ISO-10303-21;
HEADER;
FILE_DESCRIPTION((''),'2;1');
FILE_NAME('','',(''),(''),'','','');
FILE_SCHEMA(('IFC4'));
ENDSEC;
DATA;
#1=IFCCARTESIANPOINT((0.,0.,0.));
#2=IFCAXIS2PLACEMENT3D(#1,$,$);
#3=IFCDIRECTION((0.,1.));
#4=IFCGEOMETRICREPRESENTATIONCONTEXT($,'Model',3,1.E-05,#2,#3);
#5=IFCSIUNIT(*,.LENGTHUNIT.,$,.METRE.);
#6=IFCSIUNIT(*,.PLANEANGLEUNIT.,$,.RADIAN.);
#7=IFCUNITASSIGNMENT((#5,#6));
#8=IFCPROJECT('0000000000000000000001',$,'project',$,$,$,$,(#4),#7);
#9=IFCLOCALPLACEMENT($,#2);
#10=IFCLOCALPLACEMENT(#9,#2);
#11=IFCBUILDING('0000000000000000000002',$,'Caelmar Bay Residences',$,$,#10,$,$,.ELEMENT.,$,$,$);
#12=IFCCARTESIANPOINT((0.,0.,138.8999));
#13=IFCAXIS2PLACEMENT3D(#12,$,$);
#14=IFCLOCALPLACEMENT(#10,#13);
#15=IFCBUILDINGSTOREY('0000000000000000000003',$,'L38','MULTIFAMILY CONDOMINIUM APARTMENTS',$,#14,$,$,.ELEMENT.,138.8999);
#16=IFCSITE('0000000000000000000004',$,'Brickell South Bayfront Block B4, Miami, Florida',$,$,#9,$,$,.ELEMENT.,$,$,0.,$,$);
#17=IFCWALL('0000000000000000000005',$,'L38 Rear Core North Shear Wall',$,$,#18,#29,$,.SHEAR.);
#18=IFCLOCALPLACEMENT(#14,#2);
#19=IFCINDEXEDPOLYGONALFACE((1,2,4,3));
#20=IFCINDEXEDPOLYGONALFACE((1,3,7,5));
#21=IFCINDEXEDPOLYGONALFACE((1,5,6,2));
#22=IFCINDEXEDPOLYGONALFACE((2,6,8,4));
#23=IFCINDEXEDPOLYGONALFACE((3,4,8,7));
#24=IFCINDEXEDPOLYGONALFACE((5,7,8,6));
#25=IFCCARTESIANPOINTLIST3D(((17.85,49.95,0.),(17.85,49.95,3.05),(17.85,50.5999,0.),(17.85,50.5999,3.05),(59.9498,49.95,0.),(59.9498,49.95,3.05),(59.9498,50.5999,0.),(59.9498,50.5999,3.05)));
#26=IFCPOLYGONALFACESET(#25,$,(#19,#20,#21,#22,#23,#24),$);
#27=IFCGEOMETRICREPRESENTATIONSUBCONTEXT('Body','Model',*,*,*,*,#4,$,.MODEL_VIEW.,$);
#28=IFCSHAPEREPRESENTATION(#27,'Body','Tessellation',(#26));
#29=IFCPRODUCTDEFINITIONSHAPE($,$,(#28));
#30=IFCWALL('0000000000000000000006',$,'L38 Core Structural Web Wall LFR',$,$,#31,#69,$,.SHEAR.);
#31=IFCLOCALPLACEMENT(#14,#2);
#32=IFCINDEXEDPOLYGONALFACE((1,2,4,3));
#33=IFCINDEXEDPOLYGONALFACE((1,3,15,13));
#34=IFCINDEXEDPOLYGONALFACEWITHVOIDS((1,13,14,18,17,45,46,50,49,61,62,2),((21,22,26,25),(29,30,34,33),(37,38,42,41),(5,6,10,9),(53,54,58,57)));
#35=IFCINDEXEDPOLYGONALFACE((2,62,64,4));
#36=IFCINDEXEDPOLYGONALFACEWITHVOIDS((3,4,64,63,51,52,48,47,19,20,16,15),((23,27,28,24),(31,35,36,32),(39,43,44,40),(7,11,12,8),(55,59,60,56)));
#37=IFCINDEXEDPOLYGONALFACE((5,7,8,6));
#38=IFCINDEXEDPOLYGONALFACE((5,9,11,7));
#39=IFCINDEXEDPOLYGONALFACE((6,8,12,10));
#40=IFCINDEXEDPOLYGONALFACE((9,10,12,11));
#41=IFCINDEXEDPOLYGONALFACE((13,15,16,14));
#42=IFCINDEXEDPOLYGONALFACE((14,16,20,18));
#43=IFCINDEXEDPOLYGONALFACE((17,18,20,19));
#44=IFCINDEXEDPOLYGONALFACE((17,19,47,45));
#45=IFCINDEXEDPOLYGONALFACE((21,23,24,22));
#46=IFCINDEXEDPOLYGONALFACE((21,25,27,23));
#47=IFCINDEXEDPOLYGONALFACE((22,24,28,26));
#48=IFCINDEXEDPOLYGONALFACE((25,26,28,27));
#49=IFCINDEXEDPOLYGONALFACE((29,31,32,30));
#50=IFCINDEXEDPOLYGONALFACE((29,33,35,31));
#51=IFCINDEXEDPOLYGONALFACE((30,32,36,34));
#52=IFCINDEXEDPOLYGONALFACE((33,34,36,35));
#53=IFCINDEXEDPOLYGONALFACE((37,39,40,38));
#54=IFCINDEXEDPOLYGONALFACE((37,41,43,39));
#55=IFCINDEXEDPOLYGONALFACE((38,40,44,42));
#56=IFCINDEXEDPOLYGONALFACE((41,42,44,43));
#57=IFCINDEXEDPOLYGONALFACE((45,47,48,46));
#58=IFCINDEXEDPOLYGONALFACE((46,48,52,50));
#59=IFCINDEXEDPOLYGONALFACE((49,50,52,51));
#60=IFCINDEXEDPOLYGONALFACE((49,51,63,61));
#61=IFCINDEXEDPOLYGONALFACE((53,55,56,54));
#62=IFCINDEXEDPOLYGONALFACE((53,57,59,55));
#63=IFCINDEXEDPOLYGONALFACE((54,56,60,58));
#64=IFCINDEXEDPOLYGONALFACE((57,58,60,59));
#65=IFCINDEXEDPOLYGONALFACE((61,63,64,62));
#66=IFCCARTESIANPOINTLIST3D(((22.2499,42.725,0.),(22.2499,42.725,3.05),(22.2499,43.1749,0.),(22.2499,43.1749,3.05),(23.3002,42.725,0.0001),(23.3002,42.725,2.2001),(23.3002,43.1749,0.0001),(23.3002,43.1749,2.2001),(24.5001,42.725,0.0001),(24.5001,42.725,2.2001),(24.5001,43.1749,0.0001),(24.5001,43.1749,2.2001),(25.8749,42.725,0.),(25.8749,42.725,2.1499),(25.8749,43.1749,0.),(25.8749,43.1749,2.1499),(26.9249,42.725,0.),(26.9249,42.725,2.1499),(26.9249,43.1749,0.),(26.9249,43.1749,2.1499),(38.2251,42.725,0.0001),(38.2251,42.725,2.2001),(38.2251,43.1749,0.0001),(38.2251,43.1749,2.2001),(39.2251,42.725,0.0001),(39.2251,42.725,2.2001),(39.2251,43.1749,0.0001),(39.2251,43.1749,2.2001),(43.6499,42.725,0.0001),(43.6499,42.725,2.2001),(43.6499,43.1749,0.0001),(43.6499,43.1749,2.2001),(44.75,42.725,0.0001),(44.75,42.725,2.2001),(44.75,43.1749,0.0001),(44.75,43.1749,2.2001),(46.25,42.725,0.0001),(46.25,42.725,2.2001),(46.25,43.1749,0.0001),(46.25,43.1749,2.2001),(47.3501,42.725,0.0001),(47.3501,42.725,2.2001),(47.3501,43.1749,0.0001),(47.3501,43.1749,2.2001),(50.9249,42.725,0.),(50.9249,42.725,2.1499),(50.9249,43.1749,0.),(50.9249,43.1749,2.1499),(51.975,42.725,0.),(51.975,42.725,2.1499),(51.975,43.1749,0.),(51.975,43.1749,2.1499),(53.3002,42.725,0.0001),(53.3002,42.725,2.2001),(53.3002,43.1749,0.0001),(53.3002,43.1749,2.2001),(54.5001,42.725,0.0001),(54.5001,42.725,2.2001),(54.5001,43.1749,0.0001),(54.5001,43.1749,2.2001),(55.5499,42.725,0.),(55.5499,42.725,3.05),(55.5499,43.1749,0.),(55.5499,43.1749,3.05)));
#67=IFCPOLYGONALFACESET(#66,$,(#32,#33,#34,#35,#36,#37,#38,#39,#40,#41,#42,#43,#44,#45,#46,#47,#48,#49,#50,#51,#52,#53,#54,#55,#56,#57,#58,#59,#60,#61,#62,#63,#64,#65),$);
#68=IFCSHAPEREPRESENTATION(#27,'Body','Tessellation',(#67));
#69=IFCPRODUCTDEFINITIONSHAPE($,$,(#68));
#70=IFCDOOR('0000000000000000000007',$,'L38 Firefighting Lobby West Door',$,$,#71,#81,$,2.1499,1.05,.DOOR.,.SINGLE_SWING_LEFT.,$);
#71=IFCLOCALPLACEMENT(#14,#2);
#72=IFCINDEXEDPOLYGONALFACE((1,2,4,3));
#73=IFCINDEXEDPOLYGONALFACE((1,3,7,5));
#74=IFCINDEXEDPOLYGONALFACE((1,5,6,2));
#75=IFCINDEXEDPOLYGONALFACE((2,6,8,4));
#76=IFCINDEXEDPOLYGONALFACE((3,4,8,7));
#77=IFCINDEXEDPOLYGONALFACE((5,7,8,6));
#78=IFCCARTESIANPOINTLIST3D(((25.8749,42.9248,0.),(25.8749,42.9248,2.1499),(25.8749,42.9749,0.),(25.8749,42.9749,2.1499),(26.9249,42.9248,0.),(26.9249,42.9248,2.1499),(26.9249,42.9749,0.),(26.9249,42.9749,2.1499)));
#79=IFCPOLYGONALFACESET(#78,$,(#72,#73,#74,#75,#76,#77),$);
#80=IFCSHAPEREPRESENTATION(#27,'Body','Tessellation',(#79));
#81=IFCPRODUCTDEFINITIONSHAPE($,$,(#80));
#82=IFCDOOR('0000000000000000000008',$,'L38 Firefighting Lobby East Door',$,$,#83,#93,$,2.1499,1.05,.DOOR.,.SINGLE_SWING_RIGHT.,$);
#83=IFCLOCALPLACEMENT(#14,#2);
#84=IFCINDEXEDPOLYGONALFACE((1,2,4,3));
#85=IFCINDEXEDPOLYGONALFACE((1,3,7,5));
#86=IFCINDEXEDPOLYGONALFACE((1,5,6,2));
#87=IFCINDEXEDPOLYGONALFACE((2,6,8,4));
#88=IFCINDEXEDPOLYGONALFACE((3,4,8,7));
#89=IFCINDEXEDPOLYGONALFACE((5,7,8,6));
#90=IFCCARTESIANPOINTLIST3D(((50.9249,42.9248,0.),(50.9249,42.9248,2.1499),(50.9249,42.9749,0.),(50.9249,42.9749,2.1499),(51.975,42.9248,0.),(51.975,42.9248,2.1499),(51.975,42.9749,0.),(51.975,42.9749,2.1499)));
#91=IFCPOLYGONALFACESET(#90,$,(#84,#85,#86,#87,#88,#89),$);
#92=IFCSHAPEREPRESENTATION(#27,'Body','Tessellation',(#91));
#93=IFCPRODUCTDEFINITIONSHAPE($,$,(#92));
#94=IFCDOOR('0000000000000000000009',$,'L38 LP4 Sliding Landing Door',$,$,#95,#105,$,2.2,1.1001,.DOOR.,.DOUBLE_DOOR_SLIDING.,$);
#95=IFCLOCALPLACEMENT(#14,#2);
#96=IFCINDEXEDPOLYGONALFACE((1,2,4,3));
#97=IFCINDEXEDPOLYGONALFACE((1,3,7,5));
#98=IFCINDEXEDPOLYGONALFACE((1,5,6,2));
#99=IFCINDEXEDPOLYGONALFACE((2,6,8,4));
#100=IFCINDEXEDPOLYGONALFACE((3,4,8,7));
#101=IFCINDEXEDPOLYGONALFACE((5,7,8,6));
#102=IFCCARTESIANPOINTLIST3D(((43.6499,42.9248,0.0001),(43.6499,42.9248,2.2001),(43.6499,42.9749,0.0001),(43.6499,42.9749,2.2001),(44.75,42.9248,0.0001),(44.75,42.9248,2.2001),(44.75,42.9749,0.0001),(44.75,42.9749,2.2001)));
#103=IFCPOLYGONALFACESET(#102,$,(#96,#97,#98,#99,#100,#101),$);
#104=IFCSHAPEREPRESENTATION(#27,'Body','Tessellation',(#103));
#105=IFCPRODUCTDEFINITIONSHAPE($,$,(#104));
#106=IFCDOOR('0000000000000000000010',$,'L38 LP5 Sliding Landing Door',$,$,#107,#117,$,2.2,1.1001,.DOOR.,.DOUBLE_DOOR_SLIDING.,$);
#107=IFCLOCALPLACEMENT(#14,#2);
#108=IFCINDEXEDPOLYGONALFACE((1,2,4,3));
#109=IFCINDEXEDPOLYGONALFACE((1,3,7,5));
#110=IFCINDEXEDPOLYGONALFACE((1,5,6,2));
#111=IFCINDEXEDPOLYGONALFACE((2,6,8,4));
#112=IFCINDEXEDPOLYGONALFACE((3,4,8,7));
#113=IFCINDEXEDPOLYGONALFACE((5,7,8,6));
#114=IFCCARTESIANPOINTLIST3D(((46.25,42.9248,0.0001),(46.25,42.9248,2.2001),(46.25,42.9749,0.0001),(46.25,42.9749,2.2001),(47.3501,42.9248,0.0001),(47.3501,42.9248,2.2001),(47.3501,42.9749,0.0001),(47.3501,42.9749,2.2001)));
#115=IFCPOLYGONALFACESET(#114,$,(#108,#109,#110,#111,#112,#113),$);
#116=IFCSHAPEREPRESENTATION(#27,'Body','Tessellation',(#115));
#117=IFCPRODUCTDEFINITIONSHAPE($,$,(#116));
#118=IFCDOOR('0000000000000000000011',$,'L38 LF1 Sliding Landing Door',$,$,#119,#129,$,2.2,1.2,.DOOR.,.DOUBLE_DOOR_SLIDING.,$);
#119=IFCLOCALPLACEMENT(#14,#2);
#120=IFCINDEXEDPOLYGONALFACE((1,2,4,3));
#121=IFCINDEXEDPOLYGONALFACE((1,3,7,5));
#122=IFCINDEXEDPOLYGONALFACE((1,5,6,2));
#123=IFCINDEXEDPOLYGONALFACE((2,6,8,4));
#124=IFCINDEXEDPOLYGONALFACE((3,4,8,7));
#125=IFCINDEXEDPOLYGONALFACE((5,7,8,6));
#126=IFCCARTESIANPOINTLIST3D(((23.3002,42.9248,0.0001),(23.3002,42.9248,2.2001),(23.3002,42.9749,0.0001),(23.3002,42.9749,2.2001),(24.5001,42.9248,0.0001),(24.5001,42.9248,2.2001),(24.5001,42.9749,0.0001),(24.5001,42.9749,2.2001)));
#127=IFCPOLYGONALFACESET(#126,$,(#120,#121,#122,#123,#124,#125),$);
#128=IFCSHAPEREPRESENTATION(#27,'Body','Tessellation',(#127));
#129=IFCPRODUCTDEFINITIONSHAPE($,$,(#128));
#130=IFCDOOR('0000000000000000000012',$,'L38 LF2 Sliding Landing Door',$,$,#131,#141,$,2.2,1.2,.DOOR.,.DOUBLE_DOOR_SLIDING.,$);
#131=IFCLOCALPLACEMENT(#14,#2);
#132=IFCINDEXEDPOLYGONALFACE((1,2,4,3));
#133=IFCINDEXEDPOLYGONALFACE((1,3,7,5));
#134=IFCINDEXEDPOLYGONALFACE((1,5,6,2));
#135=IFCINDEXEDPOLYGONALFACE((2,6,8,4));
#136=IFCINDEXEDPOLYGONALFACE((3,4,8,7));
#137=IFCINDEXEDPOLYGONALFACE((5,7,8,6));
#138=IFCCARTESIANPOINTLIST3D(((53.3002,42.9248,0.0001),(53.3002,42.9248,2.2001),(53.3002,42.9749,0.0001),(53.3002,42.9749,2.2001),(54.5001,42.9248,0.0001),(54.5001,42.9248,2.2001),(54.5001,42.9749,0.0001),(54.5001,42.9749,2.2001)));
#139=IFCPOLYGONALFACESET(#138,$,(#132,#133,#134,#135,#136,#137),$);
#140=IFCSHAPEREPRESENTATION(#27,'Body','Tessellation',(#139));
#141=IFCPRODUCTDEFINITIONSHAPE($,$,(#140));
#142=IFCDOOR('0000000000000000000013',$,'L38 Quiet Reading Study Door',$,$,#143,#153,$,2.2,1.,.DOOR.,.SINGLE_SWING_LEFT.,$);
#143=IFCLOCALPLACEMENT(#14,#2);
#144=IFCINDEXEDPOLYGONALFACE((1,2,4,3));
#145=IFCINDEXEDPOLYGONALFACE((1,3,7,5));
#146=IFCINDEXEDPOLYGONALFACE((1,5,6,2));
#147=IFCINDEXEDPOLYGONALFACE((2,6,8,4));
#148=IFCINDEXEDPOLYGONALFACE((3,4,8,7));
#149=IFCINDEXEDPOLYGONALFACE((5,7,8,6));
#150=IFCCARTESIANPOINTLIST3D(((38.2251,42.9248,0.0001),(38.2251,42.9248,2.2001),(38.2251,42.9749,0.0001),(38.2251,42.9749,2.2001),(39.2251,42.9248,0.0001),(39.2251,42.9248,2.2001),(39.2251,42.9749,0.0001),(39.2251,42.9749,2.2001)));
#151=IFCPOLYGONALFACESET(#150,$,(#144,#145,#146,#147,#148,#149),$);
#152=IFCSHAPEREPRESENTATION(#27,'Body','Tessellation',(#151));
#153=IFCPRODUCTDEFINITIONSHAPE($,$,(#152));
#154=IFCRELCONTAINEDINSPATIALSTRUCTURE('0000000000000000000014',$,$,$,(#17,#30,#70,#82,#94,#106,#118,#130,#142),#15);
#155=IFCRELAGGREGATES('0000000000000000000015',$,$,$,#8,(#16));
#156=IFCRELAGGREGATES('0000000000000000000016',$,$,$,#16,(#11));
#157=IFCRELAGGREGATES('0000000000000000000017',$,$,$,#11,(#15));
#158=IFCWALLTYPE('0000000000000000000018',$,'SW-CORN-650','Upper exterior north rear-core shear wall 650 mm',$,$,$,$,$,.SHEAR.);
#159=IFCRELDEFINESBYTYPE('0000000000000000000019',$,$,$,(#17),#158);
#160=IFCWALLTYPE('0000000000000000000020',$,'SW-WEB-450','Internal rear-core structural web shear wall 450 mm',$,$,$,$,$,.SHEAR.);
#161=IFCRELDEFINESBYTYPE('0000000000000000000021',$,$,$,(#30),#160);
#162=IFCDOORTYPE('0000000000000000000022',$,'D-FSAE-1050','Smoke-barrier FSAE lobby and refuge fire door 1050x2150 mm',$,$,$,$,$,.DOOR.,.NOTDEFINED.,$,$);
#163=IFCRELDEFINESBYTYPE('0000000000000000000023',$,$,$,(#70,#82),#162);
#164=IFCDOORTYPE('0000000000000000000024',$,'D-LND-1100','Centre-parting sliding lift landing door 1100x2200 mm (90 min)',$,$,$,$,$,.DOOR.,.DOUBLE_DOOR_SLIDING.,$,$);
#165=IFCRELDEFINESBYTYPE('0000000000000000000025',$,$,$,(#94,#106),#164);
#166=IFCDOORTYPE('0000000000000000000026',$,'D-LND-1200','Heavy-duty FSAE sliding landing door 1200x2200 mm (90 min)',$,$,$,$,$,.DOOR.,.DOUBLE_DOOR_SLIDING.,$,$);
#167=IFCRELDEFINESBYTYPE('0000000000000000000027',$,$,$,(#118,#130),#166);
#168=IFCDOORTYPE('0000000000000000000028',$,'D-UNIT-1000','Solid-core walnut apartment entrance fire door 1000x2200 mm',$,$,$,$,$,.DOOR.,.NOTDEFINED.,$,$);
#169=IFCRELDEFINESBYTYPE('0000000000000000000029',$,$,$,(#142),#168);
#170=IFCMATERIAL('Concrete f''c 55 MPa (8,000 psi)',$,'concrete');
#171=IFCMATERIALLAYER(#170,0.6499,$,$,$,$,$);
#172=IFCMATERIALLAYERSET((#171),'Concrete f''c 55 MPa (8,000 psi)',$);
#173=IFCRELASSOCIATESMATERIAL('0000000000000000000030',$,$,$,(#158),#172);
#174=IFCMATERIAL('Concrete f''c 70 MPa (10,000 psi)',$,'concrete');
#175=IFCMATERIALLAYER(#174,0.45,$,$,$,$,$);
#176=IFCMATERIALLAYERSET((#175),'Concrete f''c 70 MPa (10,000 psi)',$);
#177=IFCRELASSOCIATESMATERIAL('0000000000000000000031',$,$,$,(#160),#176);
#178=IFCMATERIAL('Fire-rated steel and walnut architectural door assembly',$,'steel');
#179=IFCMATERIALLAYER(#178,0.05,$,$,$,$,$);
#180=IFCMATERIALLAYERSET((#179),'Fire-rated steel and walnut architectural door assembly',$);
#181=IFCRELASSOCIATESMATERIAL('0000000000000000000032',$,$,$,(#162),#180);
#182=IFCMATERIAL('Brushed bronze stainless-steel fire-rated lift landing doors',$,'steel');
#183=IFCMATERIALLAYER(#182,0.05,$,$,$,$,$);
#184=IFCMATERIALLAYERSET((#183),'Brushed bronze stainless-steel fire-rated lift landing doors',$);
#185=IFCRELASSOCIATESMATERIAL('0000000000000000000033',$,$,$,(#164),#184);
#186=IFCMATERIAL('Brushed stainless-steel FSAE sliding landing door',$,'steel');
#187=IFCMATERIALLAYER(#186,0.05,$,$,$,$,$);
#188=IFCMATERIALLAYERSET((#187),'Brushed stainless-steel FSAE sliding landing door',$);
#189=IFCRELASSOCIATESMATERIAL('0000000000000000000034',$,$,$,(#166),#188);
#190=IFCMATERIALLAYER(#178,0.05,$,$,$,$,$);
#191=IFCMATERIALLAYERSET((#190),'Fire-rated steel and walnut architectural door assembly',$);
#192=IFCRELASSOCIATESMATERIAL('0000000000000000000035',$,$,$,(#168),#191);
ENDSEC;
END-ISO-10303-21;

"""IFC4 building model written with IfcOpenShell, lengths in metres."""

from ifc_helpers import new_model, si_unit, direction, frame, frame_2d, origin, place, context, subcontext, project, spatial, rectangle, extrude, material, layer, layer_set, type_object, element, fill, save


model = new_model("IFC4")

# Units and contexts
model_context = context("Model", 3, precision=1e-05, world=origin(), true_north=direction((0.0, 1.0)))
body_context = subcontext(model_context, "Body", "Model", "MODEL_VIEW")
ifc_project = project(units=[si_unit("LENGTHUNIT", "METRE"), si_unit("PLANEANGLEUNIT", "RADIAN")], contexts=[model_context])

# Site, building, storey
site_placement = place(None, origin())
site = spatial("IfcSite", under=ifc_project, at=site_placement, Name="Brickell South Bayfront Block B4, Miami, Florida", CompositionType="ELEMENT", RefElevation=0.0)
building_placement = place(site_placement, origin())
building = spatial("IfcBuilding", under=site, at=building_placement, Name="Caelmar Bay Residences", CompositionType="ELEMENT")
storey_placement = place(building_placement, frame((0.0, 0.0, 138.8999)))
storey = spatial("IfcBuildingStorey", under=building, at=storey_placement, Name="L38", Description="MULTIFAMILY CONDOMINIUM APARTMENTS", CompositionType="ELEMENT", Elevation=138.8999)

# Wall
ifc_material_1 = material(Name="Concrete f'c 55 MPa (8,000 psi)", Category="concrete")
ifc_layer_1 = layer(ifc_material_1, 0.6499)
ifc_layer_set_1 = layer_set([ifc_layer_1], Name="Concrete f'c 55 MPa (8,000 psi)")
wall_type_1 = type_object("IfcWallType", Name="SW-CORN-650", Description="Upper exterior north rear-core shear wall 650 mm", PredefinedType="SHEAR", material=ifc_layer_set_1)
wall_1_placement = place(storey_placement, frame((17.8501, 50.2749, 0.0), z_axis=(0.0, 0.0, 1.0), x_axis=(1.0, 0.0, 0.0)))
element("IfcWall", 1, at=wall_1_placement, inside=storey, type_object=wall_type_1, Name="L38 Rear Core North Shear Wall", PredefinedType="SHEAR", context=body_context, shape_type="SweptSolid", body=[
    extrude(rectangle(XDim=42.0999, YDim=0.6499, at=frame_2d((21.0498, 0.0))), origin(), (0.0, 0.0, 1.0), 3.05),
])

# Wall, openings, doors
ifc_material_2 = material(Name="Concrete f'c 70 MPa (10,000 psi)", Category="concrete")
ifc_layer_2 = layer(ifc_material_2, 0.45)
ifc_layer_set_2 = layer_set([ifc_layer_2], Name="Concrete f'c 70 MPa (10,000 psi)")
wall_type_2 = type_object("IfcWallType", Name="SW-WEB-450", Description="Internal rear-core structural web shear wall 450 mm", PredefinedType="SHEAR", material=ifc_layer_set_2)
wall_2_placement = place(storey_placement, frame((22.25, 42.95, 0.0), z_axis=(0.0, 0.0, 1.0), x_axis=(1.0, 0.0, 0.0)))
wall_2 = element("IfcWall", 2, at=wall_2_placement, inside=storey, type_object=wall_type_2, Name="L38 Core Structural Web Wall LFR", PredefinedType="SHEAR", context=body_context, shape_type="SweptSolid", body=[
    extrude(rectangle(XDim=33.3, YDim=0.45, at=frame_2d((16.6499, 0.0))), origin(), (0.0, 0.0, 1.0), 3.05),
])
opening_1_placement = place(wall_2_placement, frame((1.05, 0.0, 0.0)))
opening_1 = element("IfcOpeningElement", 3, at=opening_1_placement, cuts=wall_2, PredefinedType="OPENING", context=body_context, shape_type="SweptSolid", body=[
    extrude(rectangle(XDim=1.2, YDim=2.2, at=frame_2d((0.6001, 1.1001))), frame((0.0, 0.2349, 0.0), z_axis=(0.0, -1.0, 0.0), x_axis=(1.0, 0.0, 0.0)), (0.0, 0.0, 1.0), 0.47),
])
opening_2_placement = place(wall_2_placement, frame((31.05, 0.0, 0.0)))
opening_2 = element("IfcOpeningElement", 4, at=opening_2_placement, cuts=wall_2, PredefinedType="OPENING", context=body_context, shape_type="SweptSolid", body=[
    extrude(rectangle(XDim=1.2, YDim=2.2, at=frame_2d((0.6001, 1.1001))), frame((0.0, 0.2349, 0.0), z_axis=(0.0, -1.0, 0.0), x_axis=(1.0, 0.0, 0.0)), (0.0, 0.0, 1.0), 0.47),
])
opening_3_placement = place(wall_2_placement, frame((21.3999, 0.0, 0.0)))
opening_3 = element("IfcOpeningElement", 5, at=opening_3_placement, cuts=wall_2, PredefinedType="OPENING", context=body_context, shape_type="SweptSolid", body=[
    extrude(rectangle(XDim=1.1001, YDim=2.2, at=frame_2d((0.55, 1.1001))), frame((0.0, 0.2349, 0.0), z_axis=(0.0, -1.0, 0.0), x_axis=(1.0, 0.0, 0.0)), (0.0, 0.0, 1.0), 0.47),
])
opening_4_placement = place(wall_2_placement, frame((24.0, 0.0, 0.0)))
opening_4 = element("IfcOpeningElement", 6, at=opening_4_placement, cuts=wall_2, PredefinedType="OPENING", context=body_context, shape_type="SweptSolid", body=[
    extrude(rectangle(XDim=1.1001, YDim=2.2, at=frame_2d((0.55, 1.1001))), frame((0.0, 0.2349, 0.0), z_axis=(0.0, -1.0, 0.0), x_axis=(1.0, 0.0, 0.0)), (0.0, 0.0, 1.0), 0.47),
])
opening_5_placement = place(wall_2_placement, frame((3.625, 0.0, 0.0)))
opening_5 = element("IfcOpeningElement", 7, at=opening_5_placement, cuts=wall_2, PredefinedType="OPENING", context=body_context, shape_type="SweptSolid", body=[
    extrude(rectangle(XDim=1.05, YDim=2.1499, at=frame_2d((0.5249, 1.075))), frame((0.0, 0.2349, 0.0), z_axis=(0.0, -1.0, 0.0), x_axis=(1.0, 0.0, 0.0)), (0.0, 0.0, 1.0), 0.47),
])
opening_6_placement = place(wall_2_placement, frame((28.675, 0.0, 0.0)))
opening_6 = element("IfcOpeningElement", 8, at=opening_6_placement, cuts=wall_2, PredefinedType="OPENING", context=body_context, shape_type="SweptSolid", body=[
    extrude(rectangle(XDim=1.05, YDim=2.1499, at=frame_2d((0.5249, 1.075))), frame((0.0, 0.2349, 0.0), z_axis=(0.0, -1.0, 0.0), x_axis=(1.0, 0.0, 0.0)), (0.0, 0.0, 1.0), 0.47),
])
opening_7_placement = place(wall_2_placement, frame((15.9751, 0.0, 0.0)))
opening_7 = element("IfcOpeningElement", 9, at=opening_7_placement, cuts=wall_2, PredefinedType="OPENING", context=body_context, shape_type="SweptSolid", body=[
    extrude(rectangle(XDim=1.0, YDim=2.2, at=frame_2d((0.5, 1.1001))), frame((0.0, 0.2349, 0.0), z_axis=(0.0, -1.0, 0.0), x_axis=(1.0, 0.0, 0.0)), (0.0, 0.0, 1.0), 0.47),
])
ifc_material_3 = material(Name="Fire-rated steel and walnut architectural door assembly", Category="steel")
ifc_layer_3 = layer(ifc_material_3, 0.05)
ifc_layer_set_3 = layer_set([ifc_layer_3], Name="Fire-rated steel and walnut architectural door assembly")
door_type_1 = type_object("IfcDoorType", Name="D-FSAE-1050", Description="Smoke-barrier FSAE lobby and refuge fire door 1050x2150 mm", OperationType="NOTDEFINED", PredefinedType="DOOR", material=ifc_layer_set_3)
door_1_placement = place(opening_5_placement, origin())
door_1 = element("IfcDoor", 10, at=door_1_placement, inside=storey, type_object=door_type_1, Name="L38 Firefighting Lobby West Door", OperationType="SINGLE_SWING_LEFT", OverallHeight=2.1499, OverallWidth=1.05, PredefinedType="DOOR", context=body_context, shape_type="SweptSolid", body=[
    extrude(rectangle(XDim=1.05, YDim=2.1499, at=frame_2d((0.5249, 1.075))), frame((0.0, 0.0249, 0.0), z_axis=(0.0, -1.0, 0.0), x_axis=(1.0, 0.0, 0.0)), (0.0, 0.0, 1.0), 0.05),
])
fill(opening_5, door_1)
door_2_placement = place(opening_6_placement, origin())
door_2 = element("IfcDoor", 11, at=door_2_placement, inside=storey, type_object=door_type_1, Name="L38 Firefighting Lobby East Door", OperationType="SINGLE_SWING_RIGHT", OverallHeight=2.1499, OverallWidth=1.05, PredefinedType="DOOR", context=body_context, shape_type="SweptSolid", body=[
    extrude(rectangle(XDim=1.05, YDim=2.1499, at=frame_2d((0.5249, 1.075))), frame((0.0, 0.0249, 0.0), z_axis=(0.0, -1.0, 0.0), x_axis=(1.0, 0.0, 0.0)), (0.0, 0.0, 1.0), 0.05),
])
fill(opening_6, door_2)
ifc_material_4 = material(Name="Brushed bronze stainless-steel fire-rated lift landing doors", Category="steel")
ifc_layer_4 = layer(ifc_material_4, 0.05)
ifc_layer_set_4 = layer_set([ifc_layer_4], Name="Brushed bronze stainless-steel fire-rated lift landing doors")
door_type_2 = type_object("IfcDoorType", Name="D-LND-1100", Description="Centre-parting sliding lift landing door 1100x2200 mm (90 min)", OperationType="DOUBLE_DOOR_SLIDING", PredefinedType="DOOR", material=ifc_layer_set_4)
door_3_placement = place(opening_3_placement, origin())
door_3 = element("IfcDoor", 12, at=door_3_placement, inside=storey, type_object=door_type_2, Name="L38 LP4 Sliding Landing Door", OperationType="DOUBLE_DOOR_SLIDING", OverallHeight=2.2, OverallWidth=1.1001, PredefinedType="DOOR", context=body_context, shape_type="SweptSolid", body=[
    extrude(rectangle(XDim=1.1001, YDim=2.2, at=frame_2d((0.55, 1.1001))), frame((0.0, 0.0249, 0.0), z_axis=(0.0, -1.0, 0.0), x_axis=(1.0, 0.0, 0.0)), (0.0, 0.0, 1.0), 0.05),
])
fill(opening_3, door_3)
door_4_placement = place(opening_4_placement, origin())
door_4 = element("IfcDoor", 13, at=door_4_placement, inside=storey, type_object=door_type_2, Name="L38 LP5 Sliding Landing Door", OperationType="DOUBLE_DOOR_SLIDING", OverallHeight=2.2, OverallWidth=1.1001, PredefinedType="DOOR", context=body_context, shape_type="SweptSolid", body=[
    extrude(rectangle(XDim=1.1001, YDim=2.2, at=frame_2d((0.55, 1.1001))), frame((0.0, 0.0249, 0.0), z_axis=(0.0, -1.0, 0.0), x_axis=(1.0, 0.0, 0.0)), (0.0, 0.0, 1.0), 0.05),
])
fill(opening_4, door_4)
ifc_material_5 = material(Name="Brushed stainless-steel FSAE sliding landing door", Category="steel")
ifc_layer_5 = layer(ifc_material_5, 0.05)
ifc_layer_set_5 = layer_set([ifc_layer_5], Name="Brushed stainless-steel FSAE sliding landing door")
door_type_3 = type_object("IfcDoorType", Name="D-LND-1200", Description="Heavy-duty FSAE sliding landing door 1200x2200 mm (90 min)", OperationType="DOUBLE_DOOR_SLIDING", PredefinedType="DOOR", material=ifc_layer_set_5)
door_5_placement = place(opening_1_placement, origin())
door_5 = element("IfcDoor", 14, at=door_5_placement, inside=storey, type_object=door_type_3, Name="L38 LF1 Sliding Landing Door", OperationType="DOUBLE_DOOR_SLIDING", OverallHeight=2.2, OverallWidth=1.2, PredefinedType="DOOR", context=body_context, shape_type="SweptSolid", body=[
    extrude(rectangle(XDim=1.2, YDim=2.2, at=frame_2d((0.6001, 1.1001))), frame((0.0, 0.0249, 0.0), z_axis=(0.0, -1.0, 0.0), x_axis=(1.0, 0.0, 0.0)), (0.0, 0.0, 1.0), 0.05),
])
fill(opening_1, door_5)
door_6_placement = place(opening_2_placement, origin())
door_6 = element("IfcDoor", 15, at=door_6_placement, inside=storey, type_object=door_type_3, Name="L38 LF2 Sliding Landing Door", OperationType="DOUBLE_DOOR_SLIDING", OverallHeight=2.2, OverallWidth=1.2, PredefinedType="DOOR", context=body_context, shape_type="SweptSolid", body=[
    extrude(rectangle(XDim=1.2, YDim=2.2, at=frame_2d((0.6001, 1.1001))), frame((0.0, 0.0249, 0.0), z_axis=(0.0, -1.0, 0.0), x_axis=(1.0, 0.0, 0.0)), (0.0, 0.0, 1.0), 0.05),
])
fill(opening_2, door_6)
ifc_layer_6 = layer(ifc_material_3, 0.05)
ifc_layer_set_6 = layer_set([ifc_layer_6], Name="Fire-rated steel and walnut architectural door assembly")
door_type_4 = type_object("IfcDoorType", Name="D-UNIT-1000", Description="Solid-core walnut apartment entrance fire door 1000x2200 mm", OperationType="NOTDEFINED", PredefinedType="DOOR", material=ifc_layer_set_6)
door_7_placement = place(opening_7_placement, origin())
door_7 = element("IfcDoor", 16, at=door_7_placement, inside=storey, type_object=door_type_4, Name="L38 Quiet Reading Study Door", OperationType="SINGLE_SWING_LEFT", OverallHeight=2.2, OverallWidth=1.0, PredefinedType="DOOR", context=body_context, shape_type="SweptSolid", body=[
    extrude(rectangle(XDim=1.0, YDim=2.2, at=frame_2d((0.5, 1.1001))), frame((0.0, 0.0249, 0.0), z_axis=(0.0, -1.0, 0.0), x_axis=(1.0, 0.0, 0.0)), (0.0, 0.0, 1.0), 0.05),
])
fill(opening_7, door_7)

save(model, "model.ifc")
